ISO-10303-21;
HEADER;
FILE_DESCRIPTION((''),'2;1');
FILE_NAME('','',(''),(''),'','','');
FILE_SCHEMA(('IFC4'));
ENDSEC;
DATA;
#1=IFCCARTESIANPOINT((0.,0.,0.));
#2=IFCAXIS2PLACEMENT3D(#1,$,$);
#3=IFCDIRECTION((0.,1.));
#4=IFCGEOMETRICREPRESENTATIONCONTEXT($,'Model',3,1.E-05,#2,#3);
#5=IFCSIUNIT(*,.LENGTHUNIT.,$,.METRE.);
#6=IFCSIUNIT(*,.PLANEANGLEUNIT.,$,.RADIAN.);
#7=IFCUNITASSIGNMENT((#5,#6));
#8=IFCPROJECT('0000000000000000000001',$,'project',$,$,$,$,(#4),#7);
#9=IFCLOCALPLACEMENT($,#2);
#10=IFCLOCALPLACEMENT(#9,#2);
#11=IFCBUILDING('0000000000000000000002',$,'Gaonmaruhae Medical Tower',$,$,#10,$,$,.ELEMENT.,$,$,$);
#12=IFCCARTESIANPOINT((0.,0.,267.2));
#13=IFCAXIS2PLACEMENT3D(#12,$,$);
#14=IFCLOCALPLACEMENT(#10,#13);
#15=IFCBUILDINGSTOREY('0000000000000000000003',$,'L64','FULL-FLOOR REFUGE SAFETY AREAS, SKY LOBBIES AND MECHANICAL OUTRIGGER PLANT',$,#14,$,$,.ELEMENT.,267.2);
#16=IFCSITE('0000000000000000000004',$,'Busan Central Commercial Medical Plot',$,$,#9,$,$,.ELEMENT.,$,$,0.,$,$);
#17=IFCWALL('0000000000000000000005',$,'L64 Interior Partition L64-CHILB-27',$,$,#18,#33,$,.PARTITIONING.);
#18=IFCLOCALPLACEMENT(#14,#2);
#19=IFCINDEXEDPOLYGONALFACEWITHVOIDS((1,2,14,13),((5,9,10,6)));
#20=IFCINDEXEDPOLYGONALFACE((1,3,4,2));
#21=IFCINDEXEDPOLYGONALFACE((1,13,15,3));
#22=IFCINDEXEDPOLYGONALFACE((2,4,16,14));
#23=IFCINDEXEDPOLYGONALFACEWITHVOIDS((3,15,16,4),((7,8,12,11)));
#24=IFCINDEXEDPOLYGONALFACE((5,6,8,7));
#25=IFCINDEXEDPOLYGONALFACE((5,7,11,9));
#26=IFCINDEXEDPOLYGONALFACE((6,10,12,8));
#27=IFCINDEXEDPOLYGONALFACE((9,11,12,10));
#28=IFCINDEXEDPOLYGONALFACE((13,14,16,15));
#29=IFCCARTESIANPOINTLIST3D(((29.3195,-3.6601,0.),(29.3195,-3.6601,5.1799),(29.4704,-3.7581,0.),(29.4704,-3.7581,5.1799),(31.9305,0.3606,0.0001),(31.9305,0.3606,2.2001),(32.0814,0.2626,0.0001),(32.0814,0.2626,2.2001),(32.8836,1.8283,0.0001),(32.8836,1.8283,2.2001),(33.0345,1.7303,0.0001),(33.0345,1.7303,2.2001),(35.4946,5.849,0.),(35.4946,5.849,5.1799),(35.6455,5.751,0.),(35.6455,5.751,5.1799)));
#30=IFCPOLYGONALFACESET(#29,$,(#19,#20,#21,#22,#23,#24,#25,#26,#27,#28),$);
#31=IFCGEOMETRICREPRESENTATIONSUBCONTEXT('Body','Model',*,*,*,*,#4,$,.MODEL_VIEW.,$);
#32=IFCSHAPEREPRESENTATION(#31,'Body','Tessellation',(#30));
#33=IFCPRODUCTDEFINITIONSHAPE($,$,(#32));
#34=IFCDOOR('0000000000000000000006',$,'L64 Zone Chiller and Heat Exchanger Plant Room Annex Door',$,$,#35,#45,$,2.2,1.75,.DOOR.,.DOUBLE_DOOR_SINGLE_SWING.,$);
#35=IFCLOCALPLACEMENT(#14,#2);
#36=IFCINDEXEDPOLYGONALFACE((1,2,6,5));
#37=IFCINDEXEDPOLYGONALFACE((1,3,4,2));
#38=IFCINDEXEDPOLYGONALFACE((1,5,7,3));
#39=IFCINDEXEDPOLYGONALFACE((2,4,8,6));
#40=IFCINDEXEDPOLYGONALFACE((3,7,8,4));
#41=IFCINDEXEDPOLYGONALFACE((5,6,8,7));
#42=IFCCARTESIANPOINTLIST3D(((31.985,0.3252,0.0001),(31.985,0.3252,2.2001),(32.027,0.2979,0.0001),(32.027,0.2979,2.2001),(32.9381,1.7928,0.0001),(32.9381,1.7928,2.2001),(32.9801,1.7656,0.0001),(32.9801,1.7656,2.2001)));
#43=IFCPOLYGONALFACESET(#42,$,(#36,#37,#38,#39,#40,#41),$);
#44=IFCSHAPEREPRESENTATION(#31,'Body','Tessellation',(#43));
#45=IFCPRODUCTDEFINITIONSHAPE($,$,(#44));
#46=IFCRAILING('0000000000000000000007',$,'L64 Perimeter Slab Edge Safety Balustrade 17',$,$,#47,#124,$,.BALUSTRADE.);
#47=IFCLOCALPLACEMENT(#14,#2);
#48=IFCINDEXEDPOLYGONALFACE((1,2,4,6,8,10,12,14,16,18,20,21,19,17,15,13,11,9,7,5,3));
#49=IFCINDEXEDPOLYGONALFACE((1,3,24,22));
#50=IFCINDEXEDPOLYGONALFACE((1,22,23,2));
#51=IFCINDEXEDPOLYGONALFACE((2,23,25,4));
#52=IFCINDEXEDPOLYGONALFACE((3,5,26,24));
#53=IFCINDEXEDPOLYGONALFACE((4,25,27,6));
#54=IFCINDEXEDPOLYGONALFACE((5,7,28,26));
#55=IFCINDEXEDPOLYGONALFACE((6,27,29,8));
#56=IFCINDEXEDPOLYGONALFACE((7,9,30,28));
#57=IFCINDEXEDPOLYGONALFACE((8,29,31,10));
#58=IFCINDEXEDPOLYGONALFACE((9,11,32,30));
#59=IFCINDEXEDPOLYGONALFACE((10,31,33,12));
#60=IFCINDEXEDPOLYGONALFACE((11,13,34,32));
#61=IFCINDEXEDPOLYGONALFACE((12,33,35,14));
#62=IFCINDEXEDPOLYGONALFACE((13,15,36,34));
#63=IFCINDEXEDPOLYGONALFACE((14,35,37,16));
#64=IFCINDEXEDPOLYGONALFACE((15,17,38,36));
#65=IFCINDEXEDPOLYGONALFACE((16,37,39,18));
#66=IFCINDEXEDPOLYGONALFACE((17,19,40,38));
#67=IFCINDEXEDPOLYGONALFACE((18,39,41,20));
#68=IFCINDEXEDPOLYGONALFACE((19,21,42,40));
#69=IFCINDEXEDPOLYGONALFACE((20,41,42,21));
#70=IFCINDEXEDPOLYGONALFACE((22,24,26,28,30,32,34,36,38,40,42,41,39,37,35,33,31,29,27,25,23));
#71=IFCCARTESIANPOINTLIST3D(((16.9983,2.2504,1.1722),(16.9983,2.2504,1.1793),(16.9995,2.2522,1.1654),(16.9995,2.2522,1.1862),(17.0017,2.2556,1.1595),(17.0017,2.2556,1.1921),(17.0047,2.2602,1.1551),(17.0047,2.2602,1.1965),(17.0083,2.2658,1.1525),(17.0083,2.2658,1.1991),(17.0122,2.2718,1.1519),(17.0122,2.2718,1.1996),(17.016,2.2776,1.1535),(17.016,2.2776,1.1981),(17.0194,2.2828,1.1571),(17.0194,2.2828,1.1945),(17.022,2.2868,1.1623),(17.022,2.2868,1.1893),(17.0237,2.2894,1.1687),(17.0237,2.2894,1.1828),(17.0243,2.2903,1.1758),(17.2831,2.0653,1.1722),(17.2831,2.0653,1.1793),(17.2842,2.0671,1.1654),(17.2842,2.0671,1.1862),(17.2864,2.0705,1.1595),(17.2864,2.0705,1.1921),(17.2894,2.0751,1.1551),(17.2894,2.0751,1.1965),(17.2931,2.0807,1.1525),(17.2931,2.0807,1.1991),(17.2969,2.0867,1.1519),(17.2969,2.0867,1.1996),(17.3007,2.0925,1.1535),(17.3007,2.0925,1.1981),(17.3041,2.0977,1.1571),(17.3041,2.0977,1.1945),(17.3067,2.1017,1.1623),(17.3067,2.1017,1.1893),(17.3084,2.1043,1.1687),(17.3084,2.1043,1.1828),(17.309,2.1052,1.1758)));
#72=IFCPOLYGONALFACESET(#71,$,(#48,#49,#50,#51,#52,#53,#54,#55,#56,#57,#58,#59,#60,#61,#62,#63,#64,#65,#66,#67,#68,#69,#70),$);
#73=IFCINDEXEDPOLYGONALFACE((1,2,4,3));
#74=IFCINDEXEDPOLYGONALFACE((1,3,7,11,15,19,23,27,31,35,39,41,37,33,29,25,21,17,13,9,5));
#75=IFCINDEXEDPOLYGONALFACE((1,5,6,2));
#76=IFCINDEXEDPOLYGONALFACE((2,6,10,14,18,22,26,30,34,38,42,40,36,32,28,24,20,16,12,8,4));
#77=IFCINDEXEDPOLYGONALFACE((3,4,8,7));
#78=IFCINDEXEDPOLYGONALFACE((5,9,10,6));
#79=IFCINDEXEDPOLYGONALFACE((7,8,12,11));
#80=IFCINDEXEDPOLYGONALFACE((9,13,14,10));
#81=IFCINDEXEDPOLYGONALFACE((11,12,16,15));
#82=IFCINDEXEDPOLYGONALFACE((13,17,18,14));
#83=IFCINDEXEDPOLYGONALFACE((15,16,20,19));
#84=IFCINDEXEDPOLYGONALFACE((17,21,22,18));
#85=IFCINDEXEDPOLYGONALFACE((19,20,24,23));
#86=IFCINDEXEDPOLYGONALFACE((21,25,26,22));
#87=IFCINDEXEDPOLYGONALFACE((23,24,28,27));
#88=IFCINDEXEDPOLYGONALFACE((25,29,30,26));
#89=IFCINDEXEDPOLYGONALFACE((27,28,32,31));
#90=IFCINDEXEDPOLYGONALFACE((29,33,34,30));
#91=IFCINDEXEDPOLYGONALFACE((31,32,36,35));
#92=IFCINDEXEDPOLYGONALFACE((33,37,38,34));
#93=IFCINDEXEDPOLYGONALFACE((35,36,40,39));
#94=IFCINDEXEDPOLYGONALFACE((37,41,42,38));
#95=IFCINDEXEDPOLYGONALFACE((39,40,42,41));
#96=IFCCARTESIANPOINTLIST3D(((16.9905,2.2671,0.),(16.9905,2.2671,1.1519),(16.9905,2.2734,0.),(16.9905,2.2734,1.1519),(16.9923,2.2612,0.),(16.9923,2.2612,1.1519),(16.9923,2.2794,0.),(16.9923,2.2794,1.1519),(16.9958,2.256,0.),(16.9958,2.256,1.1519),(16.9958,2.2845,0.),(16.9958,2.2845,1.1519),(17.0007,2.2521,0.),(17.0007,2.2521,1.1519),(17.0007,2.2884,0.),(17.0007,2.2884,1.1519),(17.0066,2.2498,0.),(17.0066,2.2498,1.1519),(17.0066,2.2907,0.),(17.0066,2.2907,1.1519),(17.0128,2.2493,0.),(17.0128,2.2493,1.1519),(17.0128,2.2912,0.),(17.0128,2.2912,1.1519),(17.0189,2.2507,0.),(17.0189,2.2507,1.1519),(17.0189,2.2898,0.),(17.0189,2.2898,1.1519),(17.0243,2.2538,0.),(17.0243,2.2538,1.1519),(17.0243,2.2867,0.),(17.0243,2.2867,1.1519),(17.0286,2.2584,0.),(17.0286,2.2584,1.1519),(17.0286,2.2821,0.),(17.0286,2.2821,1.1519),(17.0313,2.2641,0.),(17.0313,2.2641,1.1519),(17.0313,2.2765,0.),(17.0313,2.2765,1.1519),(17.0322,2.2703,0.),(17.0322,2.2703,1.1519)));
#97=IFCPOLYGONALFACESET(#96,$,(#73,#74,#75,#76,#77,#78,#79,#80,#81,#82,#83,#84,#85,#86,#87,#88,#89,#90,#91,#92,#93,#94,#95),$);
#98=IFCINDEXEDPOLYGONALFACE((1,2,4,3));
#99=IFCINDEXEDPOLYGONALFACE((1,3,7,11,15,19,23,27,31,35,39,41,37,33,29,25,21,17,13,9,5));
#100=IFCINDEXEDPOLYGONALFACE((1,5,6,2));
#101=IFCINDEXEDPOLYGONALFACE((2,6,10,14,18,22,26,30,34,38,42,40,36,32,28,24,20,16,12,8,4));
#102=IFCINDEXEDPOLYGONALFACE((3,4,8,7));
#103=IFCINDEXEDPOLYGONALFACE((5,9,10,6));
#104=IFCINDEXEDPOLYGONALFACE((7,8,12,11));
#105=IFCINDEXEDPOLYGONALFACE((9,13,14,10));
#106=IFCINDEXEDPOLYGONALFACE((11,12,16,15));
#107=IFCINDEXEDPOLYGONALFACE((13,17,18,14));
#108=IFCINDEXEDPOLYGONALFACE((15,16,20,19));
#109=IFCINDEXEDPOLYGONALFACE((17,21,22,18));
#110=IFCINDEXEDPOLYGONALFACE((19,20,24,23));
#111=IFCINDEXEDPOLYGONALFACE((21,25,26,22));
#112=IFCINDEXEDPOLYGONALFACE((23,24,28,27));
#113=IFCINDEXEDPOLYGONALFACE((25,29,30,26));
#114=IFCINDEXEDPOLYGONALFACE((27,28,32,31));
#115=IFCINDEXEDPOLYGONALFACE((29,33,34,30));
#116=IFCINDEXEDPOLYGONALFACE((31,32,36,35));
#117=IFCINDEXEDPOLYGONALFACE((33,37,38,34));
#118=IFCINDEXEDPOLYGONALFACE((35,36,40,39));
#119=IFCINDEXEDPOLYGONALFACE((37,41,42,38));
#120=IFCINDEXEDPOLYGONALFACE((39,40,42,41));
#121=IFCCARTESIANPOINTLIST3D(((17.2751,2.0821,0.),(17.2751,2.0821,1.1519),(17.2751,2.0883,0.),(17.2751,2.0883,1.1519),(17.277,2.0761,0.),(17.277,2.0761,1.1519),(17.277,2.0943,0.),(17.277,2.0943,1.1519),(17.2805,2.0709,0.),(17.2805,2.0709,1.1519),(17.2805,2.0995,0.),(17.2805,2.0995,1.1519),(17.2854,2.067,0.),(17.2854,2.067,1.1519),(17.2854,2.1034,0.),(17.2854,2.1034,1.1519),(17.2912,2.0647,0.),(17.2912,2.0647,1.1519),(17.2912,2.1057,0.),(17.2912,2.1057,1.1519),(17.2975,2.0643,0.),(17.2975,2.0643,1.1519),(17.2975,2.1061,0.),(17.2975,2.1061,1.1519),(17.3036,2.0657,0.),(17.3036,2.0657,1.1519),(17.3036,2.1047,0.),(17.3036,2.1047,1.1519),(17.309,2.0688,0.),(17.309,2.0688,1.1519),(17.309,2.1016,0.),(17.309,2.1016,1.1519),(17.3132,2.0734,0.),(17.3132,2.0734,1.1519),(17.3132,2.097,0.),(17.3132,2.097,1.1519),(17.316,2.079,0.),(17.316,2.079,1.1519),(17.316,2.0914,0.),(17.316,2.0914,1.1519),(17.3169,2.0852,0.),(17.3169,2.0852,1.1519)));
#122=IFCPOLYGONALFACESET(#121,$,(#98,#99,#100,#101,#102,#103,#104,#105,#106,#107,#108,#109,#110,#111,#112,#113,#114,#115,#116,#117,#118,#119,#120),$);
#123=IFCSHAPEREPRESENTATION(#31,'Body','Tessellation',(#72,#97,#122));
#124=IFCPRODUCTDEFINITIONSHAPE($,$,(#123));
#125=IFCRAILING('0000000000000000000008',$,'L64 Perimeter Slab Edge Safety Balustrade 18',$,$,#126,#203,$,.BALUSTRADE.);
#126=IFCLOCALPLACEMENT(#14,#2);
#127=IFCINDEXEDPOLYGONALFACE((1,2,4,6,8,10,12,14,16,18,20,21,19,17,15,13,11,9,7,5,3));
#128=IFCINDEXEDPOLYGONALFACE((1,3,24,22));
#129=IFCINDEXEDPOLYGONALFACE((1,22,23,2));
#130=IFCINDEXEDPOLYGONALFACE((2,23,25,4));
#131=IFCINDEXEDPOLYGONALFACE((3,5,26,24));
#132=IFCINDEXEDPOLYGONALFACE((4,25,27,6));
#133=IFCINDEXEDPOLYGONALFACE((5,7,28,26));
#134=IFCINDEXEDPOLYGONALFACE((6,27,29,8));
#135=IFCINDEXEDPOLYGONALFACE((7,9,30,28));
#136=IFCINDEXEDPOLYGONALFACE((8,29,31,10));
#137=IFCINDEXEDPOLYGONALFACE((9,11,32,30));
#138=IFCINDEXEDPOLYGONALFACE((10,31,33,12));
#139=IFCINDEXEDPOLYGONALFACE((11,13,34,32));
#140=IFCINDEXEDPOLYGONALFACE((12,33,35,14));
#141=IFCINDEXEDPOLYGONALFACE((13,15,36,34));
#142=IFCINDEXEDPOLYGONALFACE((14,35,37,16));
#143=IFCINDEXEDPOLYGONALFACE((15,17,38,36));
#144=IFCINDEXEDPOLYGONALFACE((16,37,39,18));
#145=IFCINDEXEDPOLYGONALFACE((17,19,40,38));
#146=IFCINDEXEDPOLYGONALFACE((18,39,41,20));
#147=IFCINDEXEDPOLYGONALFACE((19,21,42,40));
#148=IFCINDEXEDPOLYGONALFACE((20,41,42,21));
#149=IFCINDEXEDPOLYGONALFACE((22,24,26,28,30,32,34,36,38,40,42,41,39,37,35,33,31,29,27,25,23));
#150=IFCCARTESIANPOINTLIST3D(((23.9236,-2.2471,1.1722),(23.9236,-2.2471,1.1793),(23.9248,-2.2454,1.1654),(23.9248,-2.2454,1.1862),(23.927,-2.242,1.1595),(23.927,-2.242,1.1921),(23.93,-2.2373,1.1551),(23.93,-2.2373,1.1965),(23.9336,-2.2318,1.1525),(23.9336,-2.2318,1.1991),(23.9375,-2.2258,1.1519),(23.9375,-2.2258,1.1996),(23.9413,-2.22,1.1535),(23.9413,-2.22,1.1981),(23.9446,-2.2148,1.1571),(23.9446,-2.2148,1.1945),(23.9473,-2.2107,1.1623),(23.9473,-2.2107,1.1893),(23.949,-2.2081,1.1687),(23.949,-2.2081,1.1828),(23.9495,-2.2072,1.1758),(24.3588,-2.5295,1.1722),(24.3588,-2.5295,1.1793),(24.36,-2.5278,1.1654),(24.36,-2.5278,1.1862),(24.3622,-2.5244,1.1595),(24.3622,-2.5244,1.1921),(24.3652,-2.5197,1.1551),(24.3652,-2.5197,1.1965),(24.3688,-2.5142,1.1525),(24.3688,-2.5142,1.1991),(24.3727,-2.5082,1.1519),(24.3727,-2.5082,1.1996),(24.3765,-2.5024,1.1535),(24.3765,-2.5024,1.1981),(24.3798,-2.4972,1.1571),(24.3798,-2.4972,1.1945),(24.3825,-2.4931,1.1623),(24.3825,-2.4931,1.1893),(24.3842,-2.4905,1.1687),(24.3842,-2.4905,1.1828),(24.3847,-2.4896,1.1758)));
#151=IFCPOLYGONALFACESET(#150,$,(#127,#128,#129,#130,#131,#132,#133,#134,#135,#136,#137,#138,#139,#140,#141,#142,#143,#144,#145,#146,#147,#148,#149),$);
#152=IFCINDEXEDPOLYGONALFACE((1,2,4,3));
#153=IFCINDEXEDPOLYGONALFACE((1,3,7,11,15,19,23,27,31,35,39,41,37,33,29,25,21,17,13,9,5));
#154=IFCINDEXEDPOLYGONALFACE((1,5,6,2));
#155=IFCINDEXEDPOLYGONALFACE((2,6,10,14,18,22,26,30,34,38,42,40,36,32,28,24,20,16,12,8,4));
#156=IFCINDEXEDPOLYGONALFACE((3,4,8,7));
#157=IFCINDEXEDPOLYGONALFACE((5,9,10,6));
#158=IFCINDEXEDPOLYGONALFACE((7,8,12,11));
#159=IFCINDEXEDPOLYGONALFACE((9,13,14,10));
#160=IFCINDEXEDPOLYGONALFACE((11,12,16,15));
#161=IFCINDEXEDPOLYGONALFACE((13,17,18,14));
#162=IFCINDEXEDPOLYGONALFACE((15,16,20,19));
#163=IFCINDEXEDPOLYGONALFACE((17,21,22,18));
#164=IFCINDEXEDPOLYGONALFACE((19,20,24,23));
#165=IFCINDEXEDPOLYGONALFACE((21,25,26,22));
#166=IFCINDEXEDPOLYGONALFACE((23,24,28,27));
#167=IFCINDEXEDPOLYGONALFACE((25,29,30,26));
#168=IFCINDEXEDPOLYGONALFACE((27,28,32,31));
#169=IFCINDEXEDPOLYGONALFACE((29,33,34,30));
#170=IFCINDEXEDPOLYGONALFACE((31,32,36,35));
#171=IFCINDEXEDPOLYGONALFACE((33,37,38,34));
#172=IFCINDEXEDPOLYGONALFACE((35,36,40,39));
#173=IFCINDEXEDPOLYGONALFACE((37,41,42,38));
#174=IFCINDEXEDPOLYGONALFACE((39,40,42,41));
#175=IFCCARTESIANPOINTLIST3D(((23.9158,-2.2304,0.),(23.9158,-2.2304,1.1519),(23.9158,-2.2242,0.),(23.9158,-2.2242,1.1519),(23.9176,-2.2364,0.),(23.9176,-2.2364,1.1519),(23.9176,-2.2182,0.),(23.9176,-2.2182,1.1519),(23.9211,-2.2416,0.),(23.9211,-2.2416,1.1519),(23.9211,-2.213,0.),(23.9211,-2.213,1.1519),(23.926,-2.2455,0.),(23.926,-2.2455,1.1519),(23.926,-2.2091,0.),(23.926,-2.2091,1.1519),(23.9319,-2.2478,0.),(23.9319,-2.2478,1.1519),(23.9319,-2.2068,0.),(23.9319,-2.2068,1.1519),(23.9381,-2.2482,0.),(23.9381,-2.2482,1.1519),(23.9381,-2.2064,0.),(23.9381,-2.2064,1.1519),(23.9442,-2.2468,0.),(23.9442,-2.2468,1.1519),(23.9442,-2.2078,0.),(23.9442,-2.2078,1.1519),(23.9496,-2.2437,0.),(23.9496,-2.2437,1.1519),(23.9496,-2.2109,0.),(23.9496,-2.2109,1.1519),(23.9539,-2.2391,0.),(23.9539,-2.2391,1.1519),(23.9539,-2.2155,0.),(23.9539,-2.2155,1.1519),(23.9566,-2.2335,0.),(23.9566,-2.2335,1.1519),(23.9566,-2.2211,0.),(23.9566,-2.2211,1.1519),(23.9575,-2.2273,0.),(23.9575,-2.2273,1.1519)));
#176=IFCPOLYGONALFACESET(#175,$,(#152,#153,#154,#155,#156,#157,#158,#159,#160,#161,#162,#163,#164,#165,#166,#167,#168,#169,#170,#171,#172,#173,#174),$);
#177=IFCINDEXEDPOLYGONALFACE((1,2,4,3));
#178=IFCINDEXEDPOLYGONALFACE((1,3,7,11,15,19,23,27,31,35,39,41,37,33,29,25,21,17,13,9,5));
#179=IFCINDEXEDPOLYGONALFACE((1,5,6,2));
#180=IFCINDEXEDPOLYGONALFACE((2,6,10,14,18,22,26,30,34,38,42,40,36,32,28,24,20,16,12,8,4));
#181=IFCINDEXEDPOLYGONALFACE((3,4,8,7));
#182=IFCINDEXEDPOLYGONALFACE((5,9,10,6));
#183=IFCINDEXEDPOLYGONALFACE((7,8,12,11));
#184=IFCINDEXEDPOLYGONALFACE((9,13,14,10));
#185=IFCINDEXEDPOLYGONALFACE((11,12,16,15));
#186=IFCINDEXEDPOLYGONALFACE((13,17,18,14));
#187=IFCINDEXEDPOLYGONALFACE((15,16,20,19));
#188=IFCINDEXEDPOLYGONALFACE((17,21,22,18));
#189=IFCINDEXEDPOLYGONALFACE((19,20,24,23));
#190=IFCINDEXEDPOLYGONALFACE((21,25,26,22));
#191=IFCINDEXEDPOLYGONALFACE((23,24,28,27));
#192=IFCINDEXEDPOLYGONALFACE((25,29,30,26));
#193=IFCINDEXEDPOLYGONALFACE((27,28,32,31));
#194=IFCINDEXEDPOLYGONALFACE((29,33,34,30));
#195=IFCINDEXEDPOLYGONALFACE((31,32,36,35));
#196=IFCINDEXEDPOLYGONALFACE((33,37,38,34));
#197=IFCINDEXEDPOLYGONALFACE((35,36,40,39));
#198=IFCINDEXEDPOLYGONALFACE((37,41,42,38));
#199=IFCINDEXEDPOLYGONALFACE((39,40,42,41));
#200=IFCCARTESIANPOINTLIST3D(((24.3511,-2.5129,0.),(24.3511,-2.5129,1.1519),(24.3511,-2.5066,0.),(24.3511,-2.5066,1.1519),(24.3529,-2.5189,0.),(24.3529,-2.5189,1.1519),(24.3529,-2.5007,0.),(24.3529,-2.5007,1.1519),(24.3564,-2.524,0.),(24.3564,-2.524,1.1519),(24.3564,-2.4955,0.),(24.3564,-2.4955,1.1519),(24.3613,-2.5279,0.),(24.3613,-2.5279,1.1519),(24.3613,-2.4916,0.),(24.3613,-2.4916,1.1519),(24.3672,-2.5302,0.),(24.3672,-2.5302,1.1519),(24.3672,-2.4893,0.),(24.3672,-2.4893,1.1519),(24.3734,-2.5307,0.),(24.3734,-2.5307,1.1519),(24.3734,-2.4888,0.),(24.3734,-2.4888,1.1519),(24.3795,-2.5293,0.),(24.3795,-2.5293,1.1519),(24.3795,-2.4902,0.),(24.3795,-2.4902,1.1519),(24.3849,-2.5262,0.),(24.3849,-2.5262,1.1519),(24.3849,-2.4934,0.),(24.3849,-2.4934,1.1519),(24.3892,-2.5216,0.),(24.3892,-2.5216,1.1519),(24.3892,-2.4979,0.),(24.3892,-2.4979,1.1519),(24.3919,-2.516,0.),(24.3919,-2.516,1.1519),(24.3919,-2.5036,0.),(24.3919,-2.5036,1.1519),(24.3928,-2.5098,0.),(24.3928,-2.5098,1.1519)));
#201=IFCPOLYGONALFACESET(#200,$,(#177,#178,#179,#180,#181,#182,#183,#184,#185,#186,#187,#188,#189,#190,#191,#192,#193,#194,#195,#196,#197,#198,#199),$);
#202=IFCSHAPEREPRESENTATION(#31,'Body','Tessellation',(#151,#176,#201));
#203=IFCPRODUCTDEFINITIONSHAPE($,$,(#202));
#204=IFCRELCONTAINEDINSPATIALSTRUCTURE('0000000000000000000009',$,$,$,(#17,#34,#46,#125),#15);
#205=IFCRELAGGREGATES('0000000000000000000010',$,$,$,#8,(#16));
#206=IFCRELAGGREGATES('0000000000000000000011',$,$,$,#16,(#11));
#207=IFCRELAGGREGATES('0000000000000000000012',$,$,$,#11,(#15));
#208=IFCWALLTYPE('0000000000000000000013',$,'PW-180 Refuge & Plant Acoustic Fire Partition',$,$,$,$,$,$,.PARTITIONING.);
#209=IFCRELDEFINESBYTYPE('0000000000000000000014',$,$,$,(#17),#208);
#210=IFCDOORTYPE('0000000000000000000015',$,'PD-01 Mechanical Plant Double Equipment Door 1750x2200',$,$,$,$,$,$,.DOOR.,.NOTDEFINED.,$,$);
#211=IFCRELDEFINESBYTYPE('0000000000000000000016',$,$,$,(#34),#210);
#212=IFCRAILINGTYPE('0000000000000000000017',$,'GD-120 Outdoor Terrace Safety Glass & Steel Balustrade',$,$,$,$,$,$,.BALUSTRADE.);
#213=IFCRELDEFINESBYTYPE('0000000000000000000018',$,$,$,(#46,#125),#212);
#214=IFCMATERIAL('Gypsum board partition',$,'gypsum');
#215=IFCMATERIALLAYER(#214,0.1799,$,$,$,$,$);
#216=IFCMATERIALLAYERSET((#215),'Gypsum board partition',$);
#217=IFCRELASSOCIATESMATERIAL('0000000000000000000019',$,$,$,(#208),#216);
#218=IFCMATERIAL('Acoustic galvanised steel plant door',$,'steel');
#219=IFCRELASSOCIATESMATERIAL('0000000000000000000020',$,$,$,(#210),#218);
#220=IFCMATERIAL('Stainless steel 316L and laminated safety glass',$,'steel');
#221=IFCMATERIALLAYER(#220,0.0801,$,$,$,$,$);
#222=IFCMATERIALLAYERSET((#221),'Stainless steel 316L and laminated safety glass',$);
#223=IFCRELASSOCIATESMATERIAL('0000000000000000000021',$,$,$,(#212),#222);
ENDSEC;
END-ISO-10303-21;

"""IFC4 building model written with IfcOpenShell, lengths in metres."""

from ifc_helpers import new_model, si_unit, direction, frame, frame_2d, origin, origin_2d, place, context, subcontext, project, spatial, rectangle, circle, extrude, material, layer, layer_set, type_object, element, fill, save


model = new_model("IFC4")

# Units and contexts
model_context = context("Model", 3, precision=1e-05, world=origin(), true_north=direction((0.0, 1.0)))
body_context = subcontext(model_context, "Body", "Model", "MODEL_VIEW")
ifc_project = project(units=[si_unit("LENGTHUNIT", "METRE"), si_unit("PLANEANGLEUNIT", "RADIAN")], contexts=[model_context])

# Site, building, storey
site_placement = place(None, origin())
site = spatial("IfcSite", under=ifc_project, at=site_placement, Name="Busan Central Commercial Medical Plot", CompositionType="ELEMENT", RefElevation=0.0)
building_placement = place(site_placement, origin())
building = spatial("IfcBuilding", under=site, at=building_placement, Name="Gaonmaruhae Medical Tower", CompositionType="ELEMENT")
storey_placement = place(building_placement, frame((0.0, 0.0, 267.2)))
storey = spatial("IfcBuildingStorey", under=building, at=storey_placement, Name="L64", Description="FULL-FLOOR REFUGE SAFETY AREAS, SKY LOBBIES AND MECHANICAL OUTRIGGER PLANT", CompositionType="ELEMENT", Elevation=267.2)

# Wall, opening, door
ifc_material_1 = material(Name="Gypsum board partition", Category="gypsum")
ifc_layer_1 = layer(ifc_material_1, 0.1799)
ifc_layer_set_1 = layer_set([ifc_layer_1], Name="Gypsum board partition")
wall_type_1 = type_object("IfcWallType", Name="PW-180 Refuge & Plant Acoustic Fire Partition", PredefinedType="PARTITIONING", material=ifc_layer_set_1)
wall_1_placement = place(storey_placement, frame((29.395, -3.709, 0.0), z_axis=(0.0, 0.0, 1.0), x_axis=(0.544627, 0.838678, 0.0)))
wall_1 = element("IfcWall", 1, at=wall_1_placement, inside=storey, type_object=wall_type_1, Name="L64 Interior Partition L64-CHILB-27", PredefinedType="PARTITIONING", context=body_context, shape_type="SweptSolid", body=[
    extrude(rectangle(XDim=11.3381, YDim=0.1799, at=frame_2d((5.6689, 0.0))), origin(), (0.0, 0.0, 1.0), 5.1799),
])
opening_placement = place(wall_1_placement, frame((4.7939, 0.0, 0.0)))
opening = element("IfcOpeningElement", 2, at=opening_placement, cuts=wall_1, PredefinedType="OPENING", context=body_context, shape_type="SweptSolid", body=[
    extrude(rectangle(XDim=1.75, YDim=2.2, at=frame_2d((0.875, 1.1001))), frame((0.0, 0.1001, 0.0), z_axis=(0.0, -1.0, 0.0), x_axis=(1.0, 0.0, 0.0)), (0.0, 0.0, 1.0), 0.2),
])
ifc_material_2 = material(Name="Acoustic galvanised steel plant door", Category="steel")
door_type = type_object("IfcDoorType", Name="PD-01 Mechanical Plant Double Equipment Door 1750x2200", OperationType="NOTDEFINED", PredefinedType="DOOR", material=ifc_material_2)
door_placement = place(opening_placement, origin())
door = element("IfcDoor", 3, at=door_placement, inside=storey, type_object=door_type, Name="L64 Zone Chiller and Heat Exchanger Plant Room Annex Door", OperationType="DOUBLE_DOOR_SINGLE_SWING", OverallHeight=2.2, OverallWidth=1.75, PredefinedType="DOOR", context=body_context, shape_type="SweptSolid", body=[
    extrude(rectangle(XDim=1.75, YDim=2.2, at=frame_2d((0.875, 1.1001))), frame((0.0, 0.0249, 0.0), z_axis=(0.0, -1.0, 0.0), x_axis=(1.0, 0.0, 0.0)), (0.0, 0.0, 1.0), 0.05),
])
fill(opening, door)

# Railings
ifc_material_3 = material(Name="Stainless steel 316L and laminated safety glass", Category="steel")
ifc_layer_2 = layer(ifc_material_3, 0.0801)
ifc_layer_set_2 = layer_set([ifc_layer_2], Name="Stainless steel 316L and laminated safety glass")
railing_type = type_object("IfcRailingType", Name="GD-120 Outdoor Terrace Safety Glass & Steel Balustrade", PredefinedType="BALUSTRADE", material=ifc_layer_set_2)
railing_1_placement = place(storey_placement, frame((17.0112, 2.2703, 0.0)))
element("IfcRailing", 4, at=railing_1_placement, inside=storey, type_object=railing_type, Name="L64 Perimeter Slab Edge Safety Balustrade 17", PredefinedType="BALUSTRADE", context=body_context, shape_type="SweptSolid", body=[
    extrude(circle(Radius=0.0239, at=origin_2d()), frame((0.0, 0.0, 1.1758), z_axis=(0.838411, -0.545039, 0.0), x_axis=(0.545039, 0.838411, 0.0)), (0.0, 0.0, 1.0), 0.3396),
    extrude(circle(Radius=0.021, at=origin_2d()), origin(), (0.0, 0.0, 1.0), 1.1519),
    extrude(circle(Radius=0.021, at=origin_2d()), frame((0.2847, -0.1851, 0.0)), (0.0, 0.0, 1.0), 1.1519),
])
railing_2_placement = place(storey_placement, frame((23.9365, -2.2273, 0.0)))
element("IfcRailing", 5, at=railing_2_placement, inside=storey, type_object=railing_type, Name="L64 Perimeter Slab Edge Safety Balustrade 18", PredefinedType="BALUSTRADE", context=body_context, shape_type="SweptSolid", body=[
    extrude(circle(Radius=0.0239, at=origin_2d()), frame((0.0, 0.0, 1.1758), z_axis=(0.838863, -0.544343, 0.0), x_axis=(0.544343, 0.838863, 0.0)), (0.0, 0.0, 1.0), 0.5188),
    extrude(circle(Radius=0.021, at=origin_2d()), origin(), (0.0, 0.0, 1.0), 1.1519),
    extrude(circle(Radius=0.021, at=origin_2d()), frame((0.4353, -0.2825, 0.0)), (0.0, 0.0, 1.0), 1.1519),
])

save(model, "model.ifc")
